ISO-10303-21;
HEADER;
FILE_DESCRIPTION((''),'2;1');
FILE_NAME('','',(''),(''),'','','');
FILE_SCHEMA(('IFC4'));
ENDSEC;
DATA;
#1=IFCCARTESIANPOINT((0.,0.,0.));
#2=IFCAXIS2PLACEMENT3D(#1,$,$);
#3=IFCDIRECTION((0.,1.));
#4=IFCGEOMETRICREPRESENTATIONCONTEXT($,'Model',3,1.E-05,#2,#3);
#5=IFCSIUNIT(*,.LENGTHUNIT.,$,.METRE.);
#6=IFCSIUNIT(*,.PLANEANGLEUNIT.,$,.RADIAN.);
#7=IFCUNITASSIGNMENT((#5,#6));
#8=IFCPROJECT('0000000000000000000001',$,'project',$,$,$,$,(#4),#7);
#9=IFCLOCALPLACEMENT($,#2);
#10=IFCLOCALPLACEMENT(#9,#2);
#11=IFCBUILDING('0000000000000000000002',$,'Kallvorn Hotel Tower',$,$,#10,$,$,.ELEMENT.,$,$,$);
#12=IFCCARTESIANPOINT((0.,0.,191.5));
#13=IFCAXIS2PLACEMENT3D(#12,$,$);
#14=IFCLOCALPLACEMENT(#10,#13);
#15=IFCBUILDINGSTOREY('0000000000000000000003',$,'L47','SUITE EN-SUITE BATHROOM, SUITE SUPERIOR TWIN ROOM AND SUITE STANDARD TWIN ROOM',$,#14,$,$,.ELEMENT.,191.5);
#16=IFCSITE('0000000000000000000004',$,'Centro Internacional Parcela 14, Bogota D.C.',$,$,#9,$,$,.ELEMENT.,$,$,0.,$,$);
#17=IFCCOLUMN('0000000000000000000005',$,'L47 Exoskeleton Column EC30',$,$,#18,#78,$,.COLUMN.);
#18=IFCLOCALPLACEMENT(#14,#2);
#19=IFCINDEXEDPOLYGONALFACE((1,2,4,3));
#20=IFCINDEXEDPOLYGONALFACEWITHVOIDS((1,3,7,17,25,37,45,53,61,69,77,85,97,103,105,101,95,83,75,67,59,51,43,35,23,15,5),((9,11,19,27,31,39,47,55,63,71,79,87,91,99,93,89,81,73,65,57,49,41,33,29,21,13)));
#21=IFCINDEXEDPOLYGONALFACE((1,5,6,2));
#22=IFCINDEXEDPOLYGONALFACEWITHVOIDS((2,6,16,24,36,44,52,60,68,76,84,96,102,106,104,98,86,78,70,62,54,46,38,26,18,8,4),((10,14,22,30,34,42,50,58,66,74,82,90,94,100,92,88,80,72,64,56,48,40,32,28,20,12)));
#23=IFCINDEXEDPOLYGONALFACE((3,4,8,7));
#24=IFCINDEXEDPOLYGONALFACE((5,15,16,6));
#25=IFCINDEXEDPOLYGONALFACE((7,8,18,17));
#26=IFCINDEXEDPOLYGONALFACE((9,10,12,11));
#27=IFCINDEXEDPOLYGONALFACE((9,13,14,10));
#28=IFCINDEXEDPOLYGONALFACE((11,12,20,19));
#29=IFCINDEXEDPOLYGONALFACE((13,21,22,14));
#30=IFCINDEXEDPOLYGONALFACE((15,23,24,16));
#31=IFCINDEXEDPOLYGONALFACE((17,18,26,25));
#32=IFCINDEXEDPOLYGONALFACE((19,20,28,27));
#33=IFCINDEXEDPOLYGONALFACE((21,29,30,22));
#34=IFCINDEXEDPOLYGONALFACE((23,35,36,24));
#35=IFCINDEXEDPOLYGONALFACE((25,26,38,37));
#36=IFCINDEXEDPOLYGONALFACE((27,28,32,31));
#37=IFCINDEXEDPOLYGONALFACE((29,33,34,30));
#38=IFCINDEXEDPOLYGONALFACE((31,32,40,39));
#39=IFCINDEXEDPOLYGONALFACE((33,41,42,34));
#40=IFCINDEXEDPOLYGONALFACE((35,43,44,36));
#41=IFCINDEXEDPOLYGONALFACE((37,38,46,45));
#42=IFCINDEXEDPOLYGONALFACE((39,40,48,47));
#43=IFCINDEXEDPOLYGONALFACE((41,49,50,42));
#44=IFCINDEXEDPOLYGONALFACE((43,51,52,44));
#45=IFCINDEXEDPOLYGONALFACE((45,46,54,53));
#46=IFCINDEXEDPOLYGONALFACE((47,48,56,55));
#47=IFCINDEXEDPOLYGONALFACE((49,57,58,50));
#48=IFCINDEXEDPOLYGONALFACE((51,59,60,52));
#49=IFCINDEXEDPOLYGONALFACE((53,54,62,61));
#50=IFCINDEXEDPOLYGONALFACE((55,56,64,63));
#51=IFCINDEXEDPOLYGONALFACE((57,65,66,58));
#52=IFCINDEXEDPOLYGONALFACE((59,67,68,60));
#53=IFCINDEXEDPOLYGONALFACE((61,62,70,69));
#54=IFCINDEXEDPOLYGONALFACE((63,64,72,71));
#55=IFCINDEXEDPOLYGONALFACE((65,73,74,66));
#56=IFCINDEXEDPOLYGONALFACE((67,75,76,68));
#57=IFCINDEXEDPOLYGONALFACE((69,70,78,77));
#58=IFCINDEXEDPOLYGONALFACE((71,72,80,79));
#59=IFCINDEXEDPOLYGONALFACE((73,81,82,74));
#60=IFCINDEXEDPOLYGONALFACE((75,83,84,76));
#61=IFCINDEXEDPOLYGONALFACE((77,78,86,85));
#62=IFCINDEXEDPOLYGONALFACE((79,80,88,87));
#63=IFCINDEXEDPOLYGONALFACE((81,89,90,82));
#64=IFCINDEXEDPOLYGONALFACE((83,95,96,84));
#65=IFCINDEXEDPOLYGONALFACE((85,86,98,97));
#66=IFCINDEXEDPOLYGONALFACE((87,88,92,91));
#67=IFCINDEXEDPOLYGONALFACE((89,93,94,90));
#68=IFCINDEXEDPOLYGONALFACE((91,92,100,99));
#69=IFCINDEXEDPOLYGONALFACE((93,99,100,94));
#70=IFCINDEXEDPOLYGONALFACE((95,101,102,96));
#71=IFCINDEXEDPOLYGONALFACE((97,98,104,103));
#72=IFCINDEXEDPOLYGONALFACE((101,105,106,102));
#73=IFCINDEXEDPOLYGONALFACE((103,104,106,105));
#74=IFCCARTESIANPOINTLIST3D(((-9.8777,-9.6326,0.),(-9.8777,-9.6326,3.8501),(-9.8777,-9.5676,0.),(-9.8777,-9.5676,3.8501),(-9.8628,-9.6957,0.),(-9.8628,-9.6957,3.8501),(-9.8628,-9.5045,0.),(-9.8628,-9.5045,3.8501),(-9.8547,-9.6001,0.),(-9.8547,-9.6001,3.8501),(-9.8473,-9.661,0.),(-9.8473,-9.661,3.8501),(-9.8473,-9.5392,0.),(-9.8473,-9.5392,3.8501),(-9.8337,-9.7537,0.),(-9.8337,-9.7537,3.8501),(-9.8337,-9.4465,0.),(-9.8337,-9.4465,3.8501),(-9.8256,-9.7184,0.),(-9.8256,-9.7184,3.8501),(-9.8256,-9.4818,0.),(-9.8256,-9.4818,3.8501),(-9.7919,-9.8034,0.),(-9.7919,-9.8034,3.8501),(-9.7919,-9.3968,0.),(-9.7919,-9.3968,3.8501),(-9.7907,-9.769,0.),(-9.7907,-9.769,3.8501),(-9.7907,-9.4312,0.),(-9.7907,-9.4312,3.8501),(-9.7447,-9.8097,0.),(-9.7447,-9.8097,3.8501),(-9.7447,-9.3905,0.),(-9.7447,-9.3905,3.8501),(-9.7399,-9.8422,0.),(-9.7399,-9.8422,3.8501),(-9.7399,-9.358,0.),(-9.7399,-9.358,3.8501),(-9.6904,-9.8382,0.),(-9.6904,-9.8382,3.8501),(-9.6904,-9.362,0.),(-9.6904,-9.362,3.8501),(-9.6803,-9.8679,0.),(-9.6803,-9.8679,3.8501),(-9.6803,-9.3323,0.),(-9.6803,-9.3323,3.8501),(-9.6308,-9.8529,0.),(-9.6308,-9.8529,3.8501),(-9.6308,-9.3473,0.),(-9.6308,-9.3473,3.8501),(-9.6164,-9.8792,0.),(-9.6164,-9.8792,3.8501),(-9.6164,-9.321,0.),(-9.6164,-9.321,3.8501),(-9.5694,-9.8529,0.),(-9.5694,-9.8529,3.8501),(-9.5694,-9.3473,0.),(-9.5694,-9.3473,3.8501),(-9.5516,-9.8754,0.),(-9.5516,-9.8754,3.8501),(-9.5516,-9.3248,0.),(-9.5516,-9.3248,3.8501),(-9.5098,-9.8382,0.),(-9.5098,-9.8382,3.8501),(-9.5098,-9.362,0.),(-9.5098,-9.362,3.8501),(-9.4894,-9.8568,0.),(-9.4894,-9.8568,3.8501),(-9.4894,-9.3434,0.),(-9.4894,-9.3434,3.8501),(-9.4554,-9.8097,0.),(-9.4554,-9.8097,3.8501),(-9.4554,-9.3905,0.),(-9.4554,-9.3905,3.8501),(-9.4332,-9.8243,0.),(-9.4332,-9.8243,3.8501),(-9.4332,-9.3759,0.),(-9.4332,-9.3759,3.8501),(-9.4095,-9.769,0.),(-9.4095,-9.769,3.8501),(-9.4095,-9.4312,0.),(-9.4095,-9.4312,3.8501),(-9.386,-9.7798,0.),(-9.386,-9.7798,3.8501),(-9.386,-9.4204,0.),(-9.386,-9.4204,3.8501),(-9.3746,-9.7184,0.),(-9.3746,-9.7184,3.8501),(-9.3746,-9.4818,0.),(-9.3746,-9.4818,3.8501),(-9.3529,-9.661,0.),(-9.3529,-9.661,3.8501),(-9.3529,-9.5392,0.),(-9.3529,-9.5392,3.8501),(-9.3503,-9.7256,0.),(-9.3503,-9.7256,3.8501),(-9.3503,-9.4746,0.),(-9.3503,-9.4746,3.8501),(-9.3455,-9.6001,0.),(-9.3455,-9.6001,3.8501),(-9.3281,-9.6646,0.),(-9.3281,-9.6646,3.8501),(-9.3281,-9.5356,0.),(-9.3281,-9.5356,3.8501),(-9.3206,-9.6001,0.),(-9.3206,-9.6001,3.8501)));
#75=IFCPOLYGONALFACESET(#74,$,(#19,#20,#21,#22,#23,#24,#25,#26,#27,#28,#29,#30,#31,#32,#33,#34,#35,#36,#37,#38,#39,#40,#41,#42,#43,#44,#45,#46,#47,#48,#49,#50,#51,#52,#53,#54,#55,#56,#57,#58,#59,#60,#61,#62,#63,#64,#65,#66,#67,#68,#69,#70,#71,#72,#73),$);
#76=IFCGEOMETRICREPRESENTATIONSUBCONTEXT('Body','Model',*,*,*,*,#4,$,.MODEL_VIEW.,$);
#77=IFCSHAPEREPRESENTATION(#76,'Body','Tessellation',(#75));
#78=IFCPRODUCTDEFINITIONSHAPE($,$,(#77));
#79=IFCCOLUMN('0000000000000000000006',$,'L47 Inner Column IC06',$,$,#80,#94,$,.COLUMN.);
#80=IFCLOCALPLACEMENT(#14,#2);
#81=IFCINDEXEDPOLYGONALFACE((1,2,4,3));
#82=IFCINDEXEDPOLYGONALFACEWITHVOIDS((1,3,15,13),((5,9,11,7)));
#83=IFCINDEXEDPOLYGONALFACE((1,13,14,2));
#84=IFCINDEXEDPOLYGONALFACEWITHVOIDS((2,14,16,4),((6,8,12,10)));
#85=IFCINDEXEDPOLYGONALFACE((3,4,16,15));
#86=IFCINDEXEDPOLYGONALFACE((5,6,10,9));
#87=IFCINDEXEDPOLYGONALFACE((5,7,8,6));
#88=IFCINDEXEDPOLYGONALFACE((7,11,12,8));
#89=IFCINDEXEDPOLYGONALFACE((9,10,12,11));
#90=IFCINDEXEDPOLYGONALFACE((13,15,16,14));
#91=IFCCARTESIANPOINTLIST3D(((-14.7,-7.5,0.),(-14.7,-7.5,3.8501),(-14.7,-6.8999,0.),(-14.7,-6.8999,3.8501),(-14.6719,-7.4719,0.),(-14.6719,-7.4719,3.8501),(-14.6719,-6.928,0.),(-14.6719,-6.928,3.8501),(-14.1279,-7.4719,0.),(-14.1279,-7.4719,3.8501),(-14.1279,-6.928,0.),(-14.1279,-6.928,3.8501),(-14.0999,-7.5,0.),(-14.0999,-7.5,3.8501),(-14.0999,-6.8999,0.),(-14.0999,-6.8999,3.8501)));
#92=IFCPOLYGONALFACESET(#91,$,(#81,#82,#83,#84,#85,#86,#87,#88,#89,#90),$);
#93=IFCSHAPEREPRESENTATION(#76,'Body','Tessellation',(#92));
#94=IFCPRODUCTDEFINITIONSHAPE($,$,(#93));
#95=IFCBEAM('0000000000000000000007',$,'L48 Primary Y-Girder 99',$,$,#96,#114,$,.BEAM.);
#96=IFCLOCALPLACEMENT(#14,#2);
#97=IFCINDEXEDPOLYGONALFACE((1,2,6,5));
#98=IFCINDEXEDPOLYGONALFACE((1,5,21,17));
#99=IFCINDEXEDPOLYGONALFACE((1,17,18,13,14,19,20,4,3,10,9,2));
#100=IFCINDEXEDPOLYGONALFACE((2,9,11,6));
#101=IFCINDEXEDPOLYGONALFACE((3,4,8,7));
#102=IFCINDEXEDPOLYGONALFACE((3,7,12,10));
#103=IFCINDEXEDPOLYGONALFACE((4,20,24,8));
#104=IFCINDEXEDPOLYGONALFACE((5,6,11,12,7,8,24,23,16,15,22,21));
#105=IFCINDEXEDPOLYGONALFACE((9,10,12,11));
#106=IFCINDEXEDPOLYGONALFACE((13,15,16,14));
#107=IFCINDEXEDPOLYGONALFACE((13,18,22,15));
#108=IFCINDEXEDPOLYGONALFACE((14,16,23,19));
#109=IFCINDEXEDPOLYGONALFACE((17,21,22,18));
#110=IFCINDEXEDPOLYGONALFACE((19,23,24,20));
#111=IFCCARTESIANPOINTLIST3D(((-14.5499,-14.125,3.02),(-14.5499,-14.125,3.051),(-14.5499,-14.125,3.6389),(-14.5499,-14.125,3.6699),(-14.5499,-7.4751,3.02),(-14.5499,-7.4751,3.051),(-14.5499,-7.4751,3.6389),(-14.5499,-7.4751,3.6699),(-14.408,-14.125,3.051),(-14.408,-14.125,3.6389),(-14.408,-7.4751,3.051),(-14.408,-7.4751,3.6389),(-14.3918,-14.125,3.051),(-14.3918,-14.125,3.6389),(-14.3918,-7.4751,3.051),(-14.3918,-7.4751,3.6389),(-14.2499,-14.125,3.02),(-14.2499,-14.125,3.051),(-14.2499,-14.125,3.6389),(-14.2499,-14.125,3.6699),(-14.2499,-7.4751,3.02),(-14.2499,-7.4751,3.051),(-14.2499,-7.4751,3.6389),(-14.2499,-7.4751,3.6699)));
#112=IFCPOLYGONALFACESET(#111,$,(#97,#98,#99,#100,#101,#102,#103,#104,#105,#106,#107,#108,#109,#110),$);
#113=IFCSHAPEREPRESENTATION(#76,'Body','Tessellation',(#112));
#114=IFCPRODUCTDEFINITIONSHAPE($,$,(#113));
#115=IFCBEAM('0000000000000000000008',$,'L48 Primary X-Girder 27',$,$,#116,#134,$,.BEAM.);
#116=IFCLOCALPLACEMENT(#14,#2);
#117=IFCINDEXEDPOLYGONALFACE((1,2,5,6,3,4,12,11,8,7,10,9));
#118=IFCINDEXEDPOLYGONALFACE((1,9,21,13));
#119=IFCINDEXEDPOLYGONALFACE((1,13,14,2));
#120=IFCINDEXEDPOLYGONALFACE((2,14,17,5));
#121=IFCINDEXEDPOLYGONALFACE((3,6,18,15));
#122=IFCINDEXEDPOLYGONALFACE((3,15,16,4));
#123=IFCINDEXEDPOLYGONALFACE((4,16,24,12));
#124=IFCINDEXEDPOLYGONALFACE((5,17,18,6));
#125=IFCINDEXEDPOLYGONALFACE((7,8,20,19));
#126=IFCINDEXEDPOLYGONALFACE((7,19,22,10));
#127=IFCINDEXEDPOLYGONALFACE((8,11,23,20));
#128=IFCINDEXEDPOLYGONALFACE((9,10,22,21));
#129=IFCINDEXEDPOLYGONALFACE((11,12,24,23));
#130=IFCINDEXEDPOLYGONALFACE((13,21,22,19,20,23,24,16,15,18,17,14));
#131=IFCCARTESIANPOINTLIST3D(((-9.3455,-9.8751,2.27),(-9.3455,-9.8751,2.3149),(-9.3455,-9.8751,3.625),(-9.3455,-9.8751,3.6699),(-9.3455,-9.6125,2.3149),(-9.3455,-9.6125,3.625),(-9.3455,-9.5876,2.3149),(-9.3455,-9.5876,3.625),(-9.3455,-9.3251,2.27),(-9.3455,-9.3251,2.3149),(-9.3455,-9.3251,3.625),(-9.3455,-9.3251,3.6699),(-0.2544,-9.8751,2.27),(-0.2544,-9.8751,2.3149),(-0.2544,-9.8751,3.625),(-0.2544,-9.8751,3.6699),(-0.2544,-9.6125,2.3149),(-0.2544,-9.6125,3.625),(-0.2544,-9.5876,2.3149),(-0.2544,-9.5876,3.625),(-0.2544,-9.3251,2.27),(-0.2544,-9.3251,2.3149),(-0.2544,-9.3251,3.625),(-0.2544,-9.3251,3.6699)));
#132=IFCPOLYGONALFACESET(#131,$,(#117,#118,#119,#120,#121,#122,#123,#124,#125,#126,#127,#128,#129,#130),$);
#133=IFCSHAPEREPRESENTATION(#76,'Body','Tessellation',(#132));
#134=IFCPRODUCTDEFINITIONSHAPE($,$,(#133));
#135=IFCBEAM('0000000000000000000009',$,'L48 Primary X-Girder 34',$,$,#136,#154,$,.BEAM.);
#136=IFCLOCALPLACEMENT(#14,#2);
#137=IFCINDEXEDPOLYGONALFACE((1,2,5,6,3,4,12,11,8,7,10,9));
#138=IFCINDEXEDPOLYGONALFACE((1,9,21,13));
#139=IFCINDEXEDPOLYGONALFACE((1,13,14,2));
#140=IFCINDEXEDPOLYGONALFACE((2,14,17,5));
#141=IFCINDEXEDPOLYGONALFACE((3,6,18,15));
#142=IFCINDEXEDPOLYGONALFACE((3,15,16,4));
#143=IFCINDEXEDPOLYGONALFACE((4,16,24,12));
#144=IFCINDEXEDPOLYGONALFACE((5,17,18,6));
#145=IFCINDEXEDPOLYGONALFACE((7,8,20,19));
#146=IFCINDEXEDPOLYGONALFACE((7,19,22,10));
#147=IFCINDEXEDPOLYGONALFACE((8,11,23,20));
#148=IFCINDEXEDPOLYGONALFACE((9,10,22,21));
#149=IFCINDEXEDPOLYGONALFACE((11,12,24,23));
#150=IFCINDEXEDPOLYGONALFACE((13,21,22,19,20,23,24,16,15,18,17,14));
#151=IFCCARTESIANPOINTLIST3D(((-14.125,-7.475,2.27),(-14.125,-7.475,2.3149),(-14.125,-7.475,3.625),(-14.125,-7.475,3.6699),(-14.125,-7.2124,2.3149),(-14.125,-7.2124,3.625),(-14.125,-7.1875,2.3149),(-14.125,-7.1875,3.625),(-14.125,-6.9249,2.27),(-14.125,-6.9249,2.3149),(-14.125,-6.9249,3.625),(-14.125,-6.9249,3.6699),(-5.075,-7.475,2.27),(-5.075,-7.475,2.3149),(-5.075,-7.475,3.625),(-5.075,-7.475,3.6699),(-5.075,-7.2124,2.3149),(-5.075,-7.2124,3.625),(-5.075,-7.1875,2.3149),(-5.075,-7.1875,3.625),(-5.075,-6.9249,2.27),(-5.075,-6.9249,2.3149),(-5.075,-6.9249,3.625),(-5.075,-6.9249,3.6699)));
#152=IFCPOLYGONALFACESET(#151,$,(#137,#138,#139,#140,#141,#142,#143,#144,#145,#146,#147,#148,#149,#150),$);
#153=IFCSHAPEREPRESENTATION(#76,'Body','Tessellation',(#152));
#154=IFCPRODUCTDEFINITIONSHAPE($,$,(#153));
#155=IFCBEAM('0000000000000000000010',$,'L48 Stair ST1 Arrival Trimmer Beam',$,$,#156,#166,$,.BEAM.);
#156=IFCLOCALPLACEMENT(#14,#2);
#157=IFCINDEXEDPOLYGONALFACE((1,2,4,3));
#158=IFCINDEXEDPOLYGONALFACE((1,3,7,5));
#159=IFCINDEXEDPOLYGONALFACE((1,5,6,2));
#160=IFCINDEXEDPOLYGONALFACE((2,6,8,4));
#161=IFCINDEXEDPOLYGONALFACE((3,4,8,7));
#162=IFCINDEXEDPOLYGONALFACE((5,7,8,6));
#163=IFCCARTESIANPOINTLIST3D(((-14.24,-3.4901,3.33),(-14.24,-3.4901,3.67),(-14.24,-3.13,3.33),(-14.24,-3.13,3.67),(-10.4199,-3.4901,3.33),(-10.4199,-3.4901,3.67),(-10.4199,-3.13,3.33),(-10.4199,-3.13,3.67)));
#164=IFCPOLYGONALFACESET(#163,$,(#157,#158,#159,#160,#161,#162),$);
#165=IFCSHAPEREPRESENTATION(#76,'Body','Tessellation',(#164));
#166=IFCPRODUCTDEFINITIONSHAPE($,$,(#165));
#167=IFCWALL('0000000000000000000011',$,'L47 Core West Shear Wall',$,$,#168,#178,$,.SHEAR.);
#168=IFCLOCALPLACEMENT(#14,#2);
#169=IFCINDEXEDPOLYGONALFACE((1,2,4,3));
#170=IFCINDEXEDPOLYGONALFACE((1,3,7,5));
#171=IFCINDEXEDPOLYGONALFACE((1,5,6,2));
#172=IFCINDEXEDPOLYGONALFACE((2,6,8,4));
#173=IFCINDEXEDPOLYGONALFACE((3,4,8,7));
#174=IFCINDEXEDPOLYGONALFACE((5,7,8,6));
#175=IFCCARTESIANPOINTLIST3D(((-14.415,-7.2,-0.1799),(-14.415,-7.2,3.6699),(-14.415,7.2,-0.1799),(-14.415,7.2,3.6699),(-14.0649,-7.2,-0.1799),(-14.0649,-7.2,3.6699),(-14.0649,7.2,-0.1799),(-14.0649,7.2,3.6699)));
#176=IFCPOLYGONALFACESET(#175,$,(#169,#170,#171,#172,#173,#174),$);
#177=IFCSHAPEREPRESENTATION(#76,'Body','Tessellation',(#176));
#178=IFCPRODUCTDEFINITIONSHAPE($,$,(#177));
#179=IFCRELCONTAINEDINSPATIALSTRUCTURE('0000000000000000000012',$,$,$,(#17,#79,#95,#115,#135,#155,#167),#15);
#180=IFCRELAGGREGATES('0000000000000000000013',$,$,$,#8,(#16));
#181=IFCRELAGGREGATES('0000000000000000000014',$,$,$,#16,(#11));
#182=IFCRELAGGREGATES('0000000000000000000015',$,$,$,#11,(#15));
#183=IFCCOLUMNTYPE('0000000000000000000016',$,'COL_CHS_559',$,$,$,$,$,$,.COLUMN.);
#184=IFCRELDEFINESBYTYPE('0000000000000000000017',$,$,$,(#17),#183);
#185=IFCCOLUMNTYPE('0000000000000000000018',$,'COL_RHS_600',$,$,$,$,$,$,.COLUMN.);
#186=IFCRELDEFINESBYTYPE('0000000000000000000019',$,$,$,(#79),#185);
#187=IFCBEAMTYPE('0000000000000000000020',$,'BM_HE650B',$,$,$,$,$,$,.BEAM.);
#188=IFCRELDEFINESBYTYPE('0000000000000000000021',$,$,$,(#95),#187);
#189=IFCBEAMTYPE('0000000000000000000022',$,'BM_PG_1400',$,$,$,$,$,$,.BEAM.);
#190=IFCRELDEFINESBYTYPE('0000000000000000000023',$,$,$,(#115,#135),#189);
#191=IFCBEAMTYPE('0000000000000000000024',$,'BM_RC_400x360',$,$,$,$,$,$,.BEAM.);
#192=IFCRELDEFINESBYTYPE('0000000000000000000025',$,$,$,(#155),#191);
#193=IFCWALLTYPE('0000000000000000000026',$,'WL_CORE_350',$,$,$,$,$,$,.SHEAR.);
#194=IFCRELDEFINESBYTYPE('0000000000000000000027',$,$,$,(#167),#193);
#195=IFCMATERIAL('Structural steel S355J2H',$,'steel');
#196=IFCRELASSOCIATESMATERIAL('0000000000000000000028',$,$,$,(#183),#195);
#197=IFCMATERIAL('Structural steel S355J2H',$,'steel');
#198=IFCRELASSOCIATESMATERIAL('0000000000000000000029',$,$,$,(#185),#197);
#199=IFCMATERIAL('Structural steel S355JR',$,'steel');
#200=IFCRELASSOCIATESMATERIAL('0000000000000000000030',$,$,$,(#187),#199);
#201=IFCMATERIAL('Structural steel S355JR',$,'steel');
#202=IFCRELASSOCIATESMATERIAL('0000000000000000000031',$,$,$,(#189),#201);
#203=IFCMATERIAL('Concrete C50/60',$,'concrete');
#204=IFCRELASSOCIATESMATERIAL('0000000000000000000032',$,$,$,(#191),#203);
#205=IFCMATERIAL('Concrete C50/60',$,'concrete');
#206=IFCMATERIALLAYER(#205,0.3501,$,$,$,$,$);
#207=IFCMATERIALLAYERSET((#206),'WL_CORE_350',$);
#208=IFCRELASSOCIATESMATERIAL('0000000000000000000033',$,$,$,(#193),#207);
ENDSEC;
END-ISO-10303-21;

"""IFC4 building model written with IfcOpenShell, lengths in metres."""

from ifc_helpers import new_model, si_unit, direction, frame, frame_2d, origin, origin_2d, place, context, subcontext, project, spatial, rectangle, hollow_rectangle, hollow_circle, i_section, extrude, material, layer, layer_set, material_profile, profile_set, type_object, element, save


model = new_model("IFC4")

# Units and contexts
model_context = context("Model", 3, precision=1e-05, world=origin(), true_north=direction((0.0, 1.0)))
body_context = subcontext(model_context, "Body", "Model", "MODEL_VIEW")
ifc_project = project(units=[si_unit("LENGTHUNIT", "METRE"), si_unit("PLANEANGLEUNIT", "RADIAN")], contexts=[model_context])

# Site, building, storey
site_placement = place(None, origin())
site = spatial("IfcSite", under=ifc_project, at=site_placement, Name="Centro Internacional Parcela 14, Bogota D.C.", CompositionType="ELEMENT", RefElevation=0.0)
building_placement = place(site_placement, origin())
building = spatial("IfcBuilding", under=site, at=building_placement, Name="Kallvorn Hotel Tower", CompositionType="ELEMENT")
storey_placement = place(building_placement, frame((0.0, 0.0, 191.5)))
storey = spatial("IfcBuildingStorey", under=building, at=storey_placement, Name="L47", Description="SUITE EN-SUITE BATHROOM, SUITE SUPERIOR TWIN ROOM AND SUITE STANDARD TWIN ROOM", CompositionType="ELEMENT", Elevation=191.5)

# Columns
ifc_material_1 = material(Name="Structural steel S355J2H", Category="steel")
ifc_material_profile_1 = material_profile(ifc_material_1, hollow_circle(Radius=0.2795, WallThickness=0.0249, at=origin_2d()), Name="CHS 559x25")
ifc_profile_set_1 = profile_set([ifc_material_profile_1], Name="Structural steel S355J2H")
column_type_1 = type_object("IfcColumnType", Name="COL_CHS_559", PredefinedType="COLUMN", material=ifc_profile_set_1)
column_1_placement = place(storey_placement, frame((-9.6001, -9.6001, 0.0), z_axis=(0.0, 0.0, 1.0), x_axis=(1.0, 0.0, 0.0)))
element("IfcColumn", 1, at=column_1_placement, inside=storey, type_object=column_type_1, Name="L47 Exoskeleton Column EC30", PredefinedType="COLUMN", context=body_context, shape_type="SweptSolid", body=[
    extrude(hollow_circle(Radius=0.2795, WallThickness=0.0249, at=origin_2d()), origin(), (0.0, 0.0, 1.0), 3.8501),
])
ifc_material_2 = material(Name="Structural steel S355J2H", Category="steel")
ifc_material_profile_2 = material_profile(ifc_material_2, hollow_rectangle(XDim=0.6001, YDim=0.6001, WallThickness=0.0281, at=origin_2d()), Name="RHS 600x600x28")
ifc_profile_set_2 = profile_set([ifc_material_profile_2], Name="Structural steel S355J2H")
column_type_2 = type_object("IfcColumnType", Name="COL_RHS_600", PredefinedType="COLUMN", material=ifc_profile_set_2)
column_2_placement = place(storey_placement, frame((-14.3999, -7.2, 0.0), z_axis=(0.0, 0.0, 1.0), x_axis=(1.0, 0.0, 0.0)))
element("IfcColumn", 2, at=column_2_placement, inside=storey, type_object=column_type_2, Name="L47 Inner Column IC06", PredefinedType="COLUMN", context=body_context, shape_type="SweptSolid", body=[
    extrude(hollow_rectangle(XDim=0.6001, YDim=0.6001, WallThickness=0.0281, at=origin_2d()), origin(), (0.0, 0.0, 1.0), 3.8501),
])

# Beams
ifc_material_3 = material(Name="Structural steel S355JR", Category="steel")
ifc_material_profile_3 = material_profile(ifc_material_3, i_section(OverallWidth=0.3, OverallDepth=0.6499, WebThickness=0.0161, FlangeThickness=0.031, at=origin_2d()), Name="HE 650 B")
ifc_profile_set_3 = profile_set([ifc_material_profile_3], Name="Structural steel S355JR")
beam_type_1 = type_object("IfcBeamType", Name="BM_HE650B", PredefinedType="BEAM", material=ifc_profile_set_3)
beam_1_placement = place(storey_placement, frame((-14.3999, -14.125, 3.345), z_axis=(0.0, 1.0, 0.0), x_axis=(-1.0, 0.0, 0.0)))
element("IfcBeam", 3, at=beam_1_placement, inside=storey, type_object=beam_type_1, Name="L48 Primary Y-Girder 99", PredefinedType="BEAM", context=body_context, shape_type="SweptSolid", body=[
    extrude(i_section(OverallWidth=0.3, OverallDepth=0.6499, WebThickness=0.0161, FlangeThickness=0.031, at=origin_2d()), origin(), (0.0, 0.0, 1.0), 6.6499),
])
ifc_material_4 = material(Name="Structural steel S355JR", Category="steel")
ifc_material_profile_4 = material_profile(ifc_material_4, i_section(OverallWidth=0.55, OverallDepth=1.3999, WebThickness=0.0249, FlangeThickness=0.0449, at=origin_2d()), Name="PG 1400x550x25x45")
ifc_profile_set_4 = profile_set([ifc_material_profile_4], Name="Structural steel S355JR")
beam_type_2 = type_object("IfcBeamType", Name="BM_PG_1400", PredefinedType="BEAM", material=ifc_profile_set_4)
beam_2_placement = place(storey_placement, frame((-9.3455, -9.6001, 2.97), z_axis=(1.0, 0.0, 0.0), x_axis=(0.0, 1.0, 0.0)))
element("IfcBeam", 4, at=beam_2_placement, inside=storey, type_object=beam_type_2, Name="L48 Primary X-Girder 27", PredefinedType="BEAM", context=body_context, shape_type="SweptSolid", body=[
    extrude(i_section(OverallWidth=0.55, OverallDepth=1.3999, WebThickness=0.0249, FlangeThickness=0.0449, at=origin_2d()), origin(), (0.0, 0.0, 1.0), 9.0911),
])
beam_3_placement = place(storey_placement, frame((-14.125, -7.2, 2.97), z_axis=(1.0, 0.0, 0.0), x_axis=(0.0, 1.0, 0.0)))
element("IfcBeam", 5, at=beam_3_placement, inside=storey, type_object=beam_type_2, Name="L48 Primary X-Girder 34", PredefinedType="BEAM", context=body_context, shape_type="SweptSolid", body=[
    extrude(i_section(OverallWidth=0.55, OverallDepth=1.3999, WebThickness=0.0249, FlangeThickness=0.0449, at=origin_2d()), origin(), (0.0, 0.0, 1.0), 9.05),
])
ifc_material_5 = material(Name="Concrete C50/60", Category="concrete")
ifc_material_profile_5 = material_profile(ifc_material_5, rectangle(XDim=0.3601, YDim=0.3401, at=origin_2d()), Name="RC 360x340")
ifc_profile_set_5 = profile_set([ifc_material_profile_5], Name="Concrete C50/60")
beam_type_3 = type_object("IfcBeamType", Name="BM_RC_400x360", PredefinedType="BEAM", material=ifc_profile_set_5)
beam_4_placement = place(storey_placement, frame((-10.4199, -3.3101, 3.5), z_axis=(-1.0, 0.0, 0.0), x_axis=(0.0, -1.0, 0.0)))
element("IfcBeam", 6, at=beam_4_placement, inside=storey, type_object=beam_type_3, Name="L48 Stair ST1 Arrival Trimmer Beam", PredefinedType="BEAM", context=body_context, shape_type="SweptSolid", body=[
    extrude(rectangle(XDim=0.3601, YDim=0.3401, at=origin_2d()), origin(), (0.0, 0.0, 1.0), 3.8201),
])

# Wall
ifc_material_6 = material(Name="Concrete C50/60", Category="concrete")
ifc_layer_1 = layer(ifc_material_6, 0.3501)
ifc_layer_set_1 = layer_set([ifc_layer_1], Name="WL_CORE_350")
wall_type_1 = type_object("IfcWallType", Name="WL_CORE_350", PredefinedType="SHEAR", material=ifc_layer_set_1)
wall_1_placement = place(storey_placement, frame((-14.24, -7.2, -0.1799), z_axis=(0.0, 0.0, 1.0), x_axis=(0.0, 1.0, 0.0)))
element("IfcWall", 7, at=wall_1_placement, inside=storey, type_object=wall_type_1, Name="L47 Core West Shear Wall", PredefinedType="SHEAR", context=body_context, shape_type="SweptSolid", body=[
    extrude(rectangle(XDim=14.3999, YDim=0.3501, at=frame_2d((7.2, 0.0))), origin(), (0.0, 0.0, 1.0), 3.8499),
])

save(model, "model.ifc")
